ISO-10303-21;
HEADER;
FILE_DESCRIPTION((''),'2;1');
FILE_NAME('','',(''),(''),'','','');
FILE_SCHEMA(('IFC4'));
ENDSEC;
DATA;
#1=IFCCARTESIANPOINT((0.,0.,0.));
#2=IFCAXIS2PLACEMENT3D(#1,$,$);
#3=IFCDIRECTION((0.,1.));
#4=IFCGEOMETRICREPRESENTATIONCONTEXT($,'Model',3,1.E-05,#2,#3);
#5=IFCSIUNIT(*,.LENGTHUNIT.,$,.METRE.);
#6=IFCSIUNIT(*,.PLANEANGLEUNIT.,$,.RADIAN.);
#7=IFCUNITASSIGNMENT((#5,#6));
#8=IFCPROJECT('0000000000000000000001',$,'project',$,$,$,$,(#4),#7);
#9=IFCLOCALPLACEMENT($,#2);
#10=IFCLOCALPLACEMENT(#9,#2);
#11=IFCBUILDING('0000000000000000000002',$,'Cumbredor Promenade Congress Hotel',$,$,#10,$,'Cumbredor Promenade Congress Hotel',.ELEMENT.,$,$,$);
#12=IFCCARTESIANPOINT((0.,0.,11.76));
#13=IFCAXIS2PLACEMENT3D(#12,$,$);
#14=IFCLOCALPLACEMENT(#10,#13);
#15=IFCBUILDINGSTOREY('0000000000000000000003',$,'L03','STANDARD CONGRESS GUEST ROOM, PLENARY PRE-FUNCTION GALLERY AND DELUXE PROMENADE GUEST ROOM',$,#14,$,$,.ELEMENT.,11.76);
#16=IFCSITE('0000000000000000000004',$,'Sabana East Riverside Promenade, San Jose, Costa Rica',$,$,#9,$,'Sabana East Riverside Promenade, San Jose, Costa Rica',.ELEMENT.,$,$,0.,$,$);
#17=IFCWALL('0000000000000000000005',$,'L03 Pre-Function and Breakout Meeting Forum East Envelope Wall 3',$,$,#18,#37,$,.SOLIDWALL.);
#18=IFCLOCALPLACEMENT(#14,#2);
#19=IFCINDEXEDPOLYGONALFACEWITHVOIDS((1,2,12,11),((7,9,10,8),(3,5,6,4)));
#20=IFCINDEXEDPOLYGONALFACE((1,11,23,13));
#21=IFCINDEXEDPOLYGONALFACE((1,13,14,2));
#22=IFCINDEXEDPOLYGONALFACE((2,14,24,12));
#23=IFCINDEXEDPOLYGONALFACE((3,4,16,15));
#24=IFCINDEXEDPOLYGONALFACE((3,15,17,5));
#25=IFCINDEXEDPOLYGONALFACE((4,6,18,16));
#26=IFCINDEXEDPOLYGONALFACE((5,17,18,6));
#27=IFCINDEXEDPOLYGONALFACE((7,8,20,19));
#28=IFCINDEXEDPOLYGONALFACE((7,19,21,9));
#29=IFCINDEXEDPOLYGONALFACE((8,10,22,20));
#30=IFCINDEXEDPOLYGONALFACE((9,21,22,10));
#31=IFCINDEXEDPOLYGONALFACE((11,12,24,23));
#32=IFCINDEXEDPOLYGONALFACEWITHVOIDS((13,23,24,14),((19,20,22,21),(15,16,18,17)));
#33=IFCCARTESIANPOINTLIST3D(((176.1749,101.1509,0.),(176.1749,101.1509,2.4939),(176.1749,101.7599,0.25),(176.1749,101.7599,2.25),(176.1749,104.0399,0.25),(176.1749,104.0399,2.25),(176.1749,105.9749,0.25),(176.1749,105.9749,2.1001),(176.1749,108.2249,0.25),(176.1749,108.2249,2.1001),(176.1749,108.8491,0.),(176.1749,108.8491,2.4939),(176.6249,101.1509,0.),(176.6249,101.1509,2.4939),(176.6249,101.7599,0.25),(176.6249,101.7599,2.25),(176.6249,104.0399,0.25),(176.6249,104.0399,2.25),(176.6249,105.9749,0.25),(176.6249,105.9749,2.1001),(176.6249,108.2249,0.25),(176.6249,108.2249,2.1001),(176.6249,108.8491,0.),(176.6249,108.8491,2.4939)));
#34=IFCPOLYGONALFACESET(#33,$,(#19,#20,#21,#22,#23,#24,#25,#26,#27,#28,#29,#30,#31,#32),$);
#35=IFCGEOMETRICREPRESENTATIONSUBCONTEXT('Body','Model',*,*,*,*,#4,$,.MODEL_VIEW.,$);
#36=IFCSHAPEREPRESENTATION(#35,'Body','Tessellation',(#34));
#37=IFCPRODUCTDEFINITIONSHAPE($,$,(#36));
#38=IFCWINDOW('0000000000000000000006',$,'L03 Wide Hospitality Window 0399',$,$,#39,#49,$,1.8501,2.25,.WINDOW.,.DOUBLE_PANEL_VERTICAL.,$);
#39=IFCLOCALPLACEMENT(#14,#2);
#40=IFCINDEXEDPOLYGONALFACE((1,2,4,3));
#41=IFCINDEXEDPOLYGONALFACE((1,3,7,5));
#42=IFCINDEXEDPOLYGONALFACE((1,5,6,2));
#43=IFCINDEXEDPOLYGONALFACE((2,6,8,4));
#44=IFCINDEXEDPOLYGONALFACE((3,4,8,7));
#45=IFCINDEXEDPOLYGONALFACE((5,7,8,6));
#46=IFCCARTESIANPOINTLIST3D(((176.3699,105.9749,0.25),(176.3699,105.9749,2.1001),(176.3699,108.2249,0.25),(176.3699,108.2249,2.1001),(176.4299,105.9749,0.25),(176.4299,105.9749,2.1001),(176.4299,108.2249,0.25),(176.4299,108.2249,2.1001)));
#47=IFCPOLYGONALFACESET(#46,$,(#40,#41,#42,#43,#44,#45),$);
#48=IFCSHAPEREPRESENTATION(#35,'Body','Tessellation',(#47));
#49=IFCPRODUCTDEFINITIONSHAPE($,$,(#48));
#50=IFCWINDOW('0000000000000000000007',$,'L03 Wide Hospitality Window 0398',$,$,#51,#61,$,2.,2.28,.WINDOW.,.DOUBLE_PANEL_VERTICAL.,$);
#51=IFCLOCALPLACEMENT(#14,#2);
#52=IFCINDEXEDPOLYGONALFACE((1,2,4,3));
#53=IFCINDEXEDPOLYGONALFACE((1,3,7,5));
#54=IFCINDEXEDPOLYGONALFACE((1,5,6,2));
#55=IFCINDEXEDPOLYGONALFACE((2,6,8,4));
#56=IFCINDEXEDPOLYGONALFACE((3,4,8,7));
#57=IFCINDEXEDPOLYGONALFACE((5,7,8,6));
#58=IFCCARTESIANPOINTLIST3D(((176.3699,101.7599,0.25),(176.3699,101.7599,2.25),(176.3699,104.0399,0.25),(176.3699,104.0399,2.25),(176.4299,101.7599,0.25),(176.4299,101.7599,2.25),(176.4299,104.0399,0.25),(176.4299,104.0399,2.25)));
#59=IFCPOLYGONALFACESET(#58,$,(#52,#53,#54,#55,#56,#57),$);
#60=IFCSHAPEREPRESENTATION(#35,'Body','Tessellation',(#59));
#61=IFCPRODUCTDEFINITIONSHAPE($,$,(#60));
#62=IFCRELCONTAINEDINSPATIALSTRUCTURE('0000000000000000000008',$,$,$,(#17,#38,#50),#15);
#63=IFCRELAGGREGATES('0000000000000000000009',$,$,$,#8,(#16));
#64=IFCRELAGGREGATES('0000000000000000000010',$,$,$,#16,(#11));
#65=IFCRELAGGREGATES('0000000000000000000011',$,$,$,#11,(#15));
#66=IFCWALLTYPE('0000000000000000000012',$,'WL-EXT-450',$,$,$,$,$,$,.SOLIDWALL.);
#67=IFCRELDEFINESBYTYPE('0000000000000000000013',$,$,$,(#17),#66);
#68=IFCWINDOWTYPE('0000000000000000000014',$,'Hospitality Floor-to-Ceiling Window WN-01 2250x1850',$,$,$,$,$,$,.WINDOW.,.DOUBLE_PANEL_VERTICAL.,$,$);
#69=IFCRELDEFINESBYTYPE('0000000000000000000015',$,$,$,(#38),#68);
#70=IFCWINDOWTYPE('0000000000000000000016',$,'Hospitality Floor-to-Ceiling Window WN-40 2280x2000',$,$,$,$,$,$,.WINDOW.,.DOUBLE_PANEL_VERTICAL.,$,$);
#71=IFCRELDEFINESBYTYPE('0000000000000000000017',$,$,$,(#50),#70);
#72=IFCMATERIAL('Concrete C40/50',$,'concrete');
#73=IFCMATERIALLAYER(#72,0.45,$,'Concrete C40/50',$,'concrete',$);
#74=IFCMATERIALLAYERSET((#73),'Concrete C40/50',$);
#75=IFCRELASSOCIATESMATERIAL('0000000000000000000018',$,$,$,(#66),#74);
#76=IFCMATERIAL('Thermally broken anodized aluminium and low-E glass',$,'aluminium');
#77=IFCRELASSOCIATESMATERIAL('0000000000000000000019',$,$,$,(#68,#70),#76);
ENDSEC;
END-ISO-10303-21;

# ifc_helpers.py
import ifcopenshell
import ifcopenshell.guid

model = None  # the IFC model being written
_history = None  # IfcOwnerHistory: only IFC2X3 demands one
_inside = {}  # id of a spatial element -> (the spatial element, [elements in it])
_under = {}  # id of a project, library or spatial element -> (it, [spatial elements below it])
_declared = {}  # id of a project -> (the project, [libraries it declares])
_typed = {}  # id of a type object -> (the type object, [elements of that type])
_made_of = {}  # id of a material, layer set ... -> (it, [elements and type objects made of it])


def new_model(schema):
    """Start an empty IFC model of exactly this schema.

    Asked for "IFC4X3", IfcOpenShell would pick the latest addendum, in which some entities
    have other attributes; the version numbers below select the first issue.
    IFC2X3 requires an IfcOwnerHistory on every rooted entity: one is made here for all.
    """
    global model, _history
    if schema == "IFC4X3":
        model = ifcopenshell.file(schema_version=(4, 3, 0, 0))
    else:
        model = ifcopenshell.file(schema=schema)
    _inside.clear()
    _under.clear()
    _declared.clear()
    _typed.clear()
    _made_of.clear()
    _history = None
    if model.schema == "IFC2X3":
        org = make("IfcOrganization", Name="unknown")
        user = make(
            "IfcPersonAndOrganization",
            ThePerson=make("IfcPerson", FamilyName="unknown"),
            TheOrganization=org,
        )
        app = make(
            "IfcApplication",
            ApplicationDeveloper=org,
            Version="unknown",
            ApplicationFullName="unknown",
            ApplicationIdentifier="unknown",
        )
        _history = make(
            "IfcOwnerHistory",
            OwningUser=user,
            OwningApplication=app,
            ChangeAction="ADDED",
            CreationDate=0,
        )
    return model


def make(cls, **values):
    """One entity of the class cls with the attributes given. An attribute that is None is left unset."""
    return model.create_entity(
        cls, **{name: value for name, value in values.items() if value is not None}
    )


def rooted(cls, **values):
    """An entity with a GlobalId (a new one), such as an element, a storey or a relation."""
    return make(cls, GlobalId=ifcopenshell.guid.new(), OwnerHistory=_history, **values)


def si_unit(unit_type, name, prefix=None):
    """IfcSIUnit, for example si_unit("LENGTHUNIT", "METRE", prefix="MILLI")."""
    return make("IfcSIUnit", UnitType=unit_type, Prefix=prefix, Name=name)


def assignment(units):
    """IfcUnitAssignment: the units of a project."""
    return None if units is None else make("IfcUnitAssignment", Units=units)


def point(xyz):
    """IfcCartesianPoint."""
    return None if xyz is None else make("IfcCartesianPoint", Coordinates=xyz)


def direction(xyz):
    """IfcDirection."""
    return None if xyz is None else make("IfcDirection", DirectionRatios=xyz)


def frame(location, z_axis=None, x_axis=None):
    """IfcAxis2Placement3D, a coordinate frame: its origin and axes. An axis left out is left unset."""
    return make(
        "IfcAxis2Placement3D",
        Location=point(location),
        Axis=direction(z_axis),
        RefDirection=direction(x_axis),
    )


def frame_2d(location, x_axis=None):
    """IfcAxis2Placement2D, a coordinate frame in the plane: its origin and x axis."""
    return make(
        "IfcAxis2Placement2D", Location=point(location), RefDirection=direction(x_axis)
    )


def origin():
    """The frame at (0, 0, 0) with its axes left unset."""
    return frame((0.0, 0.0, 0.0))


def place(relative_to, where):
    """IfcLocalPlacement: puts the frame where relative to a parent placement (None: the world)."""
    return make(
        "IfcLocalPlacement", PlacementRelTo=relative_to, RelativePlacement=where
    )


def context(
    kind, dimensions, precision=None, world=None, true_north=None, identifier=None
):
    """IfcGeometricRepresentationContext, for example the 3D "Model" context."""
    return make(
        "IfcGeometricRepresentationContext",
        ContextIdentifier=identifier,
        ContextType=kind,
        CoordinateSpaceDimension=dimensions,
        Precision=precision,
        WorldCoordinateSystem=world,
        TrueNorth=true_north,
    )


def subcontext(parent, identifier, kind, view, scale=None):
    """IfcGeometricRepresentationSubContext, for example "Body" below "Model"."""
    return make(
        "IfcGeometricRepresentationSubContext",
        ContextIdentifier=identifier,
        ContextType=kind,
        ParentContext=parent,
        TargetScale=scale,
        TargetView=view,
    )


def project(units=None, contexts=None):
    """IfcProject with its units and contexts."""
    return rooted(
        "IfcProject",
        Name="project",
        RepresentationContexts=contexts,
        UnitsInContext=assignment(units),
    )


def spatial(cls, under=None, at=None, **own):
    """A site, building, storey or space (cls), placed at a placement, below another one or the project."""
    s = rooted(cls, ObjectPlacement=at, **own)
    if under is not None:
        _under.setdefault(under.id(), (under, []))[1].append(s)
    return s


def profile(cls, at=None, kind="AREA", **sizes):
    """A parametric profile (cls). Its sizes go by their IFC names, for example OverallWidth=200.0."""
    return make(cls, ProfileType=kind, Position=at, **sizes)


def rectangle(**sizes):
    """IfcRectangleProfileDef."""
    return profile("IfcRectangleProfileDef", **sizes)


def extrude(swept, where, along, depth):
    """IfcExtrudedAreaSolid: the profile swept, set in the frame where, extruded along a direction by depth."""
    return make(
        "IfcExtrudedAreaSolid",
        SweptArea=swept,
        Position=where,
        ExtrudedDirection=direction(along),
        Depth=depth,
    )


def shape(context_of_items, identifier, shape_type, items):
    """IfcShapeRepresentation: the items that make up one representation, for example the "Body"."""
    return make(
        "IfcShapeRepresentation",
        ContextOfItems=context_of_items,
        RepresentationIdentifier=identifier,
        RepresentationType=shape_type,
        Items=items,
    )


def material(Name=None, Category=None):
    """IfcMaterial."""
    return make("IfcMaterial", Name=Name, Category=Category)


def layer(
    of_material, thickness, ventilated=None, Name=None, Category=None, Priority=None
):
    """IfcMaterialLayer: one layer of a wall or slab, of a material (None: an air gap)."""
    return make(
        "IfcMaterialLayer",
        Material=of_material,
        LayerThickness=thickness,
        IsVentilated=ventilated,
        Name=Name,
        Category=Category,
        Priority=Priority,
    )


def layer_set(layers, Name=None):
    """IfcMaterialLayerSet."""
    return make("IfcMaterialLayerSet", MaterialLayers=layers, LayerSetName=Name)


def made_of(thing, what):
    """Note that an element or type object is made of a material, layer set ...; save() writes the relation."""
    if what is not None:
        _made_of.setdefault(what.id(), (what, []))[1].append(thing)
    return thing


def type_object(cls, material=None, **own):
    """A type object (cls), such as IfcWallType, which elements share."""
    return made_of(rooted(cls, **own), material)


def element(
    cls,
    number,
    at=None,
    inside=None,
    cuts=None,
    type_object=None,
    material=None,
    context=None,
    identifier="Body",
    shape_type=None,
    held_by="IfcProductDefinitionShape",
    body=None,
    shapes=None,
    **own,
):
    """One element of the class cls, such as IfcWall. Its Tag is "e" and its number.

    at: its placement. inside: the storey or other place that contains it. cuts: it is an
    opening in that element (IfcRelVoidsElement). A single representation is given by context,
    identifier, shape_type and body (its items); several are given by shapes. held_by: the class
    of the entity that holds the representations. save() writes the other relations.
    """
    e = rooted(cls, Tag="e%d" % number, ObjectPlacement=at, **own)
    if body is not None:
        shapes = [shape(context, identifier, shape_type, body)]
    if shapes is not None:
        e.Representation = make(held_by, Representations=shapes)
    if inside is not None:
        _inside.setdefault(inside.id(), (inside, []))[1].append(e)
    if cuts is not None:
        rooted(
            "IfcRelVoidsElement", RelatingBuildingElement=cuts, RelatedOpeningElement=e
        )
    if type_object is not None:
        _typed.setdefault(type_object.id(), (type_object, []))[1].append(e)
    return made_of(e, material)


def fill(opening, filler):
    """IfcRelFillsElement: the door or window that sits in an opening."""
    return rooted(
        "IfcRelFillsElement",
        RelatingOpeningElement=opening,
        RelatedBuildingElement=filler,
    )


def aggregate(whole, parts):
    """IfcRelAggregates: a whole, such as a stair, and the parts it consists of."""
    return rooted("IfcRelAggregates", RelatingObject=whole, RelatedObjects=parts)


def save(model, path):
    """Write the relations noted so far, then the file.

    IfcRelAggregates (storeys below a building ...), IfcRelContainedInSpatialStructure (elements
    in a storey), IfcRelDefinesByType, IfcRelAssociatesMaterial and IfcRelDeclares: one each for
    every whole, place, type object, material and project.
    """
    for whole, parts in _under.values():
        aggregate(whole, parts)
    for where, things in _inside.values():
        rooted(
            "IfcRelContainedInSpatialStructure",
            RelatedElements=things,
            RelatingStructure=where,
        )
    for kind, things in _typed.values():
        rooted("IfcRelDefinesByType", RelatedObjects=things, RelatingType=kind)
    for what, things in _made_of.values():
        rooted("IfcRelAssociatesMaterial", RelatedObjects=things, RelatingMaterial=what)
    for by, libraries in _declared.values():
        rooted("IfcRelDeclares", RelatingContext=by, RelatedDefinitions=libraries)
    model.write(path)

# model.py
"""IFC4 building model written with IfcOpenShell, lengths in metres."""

from ifc_helpers import new_model, si_unit, direction, frame, frame_2d, origin, place, context, subcontext, project, spatial, rectangle, extrude, material, layer, layer_set, type_object, element, fill, save


model = new_model("IFC4")

# Units and contexts
model_context = context("Model", 3, precision=1e-05, world=origin(), true_north=direction((0.0, 1.0)))
body_context = subcontext(model_context, "Body", "Model", "MODEL_VIEW")
ifc_project = project(units=[si_unit("LENGTHUNIT", "METRE"), si_unit("PLANEANGLEUNIT", "RADIAN")], contexts=[model_context])

# Site, building, storey
site_placement = place(None, origin())
site = spatial("IfcSite", under=ifc_project, at=site_placement, Name="Sabana East Riverside Promenade, San Jose, Costa Rica", LongName="Sabana East Riverside Promenade, San Jose, Costa Rica", CompositionType="ELEMENT", RefElevation=0.0)
building_placement = place(site_placement, origin())
building = spatial("IfcBuilding", under=site, at=building_placement, Name="Cumbredor Promenade Congress Hotel", LongName="Cumbredor Promenade Congress Hotel", CompositionType="ELEMENT")
storey_placement = place(building_placement, frame((0.0, 0.0, 11.76)))
storey = spatial("IfcBuildingStorey", under=building, at=storey_placement, Name="L03", Description="STANDARD CONGRESS GUEST ROOM, PLENARY PRE-FUNCTION GALLERY AND DELUXE PROMENADE GUEST ROOM", CompositionType="ELEMENT", Elevation=11.76)

# Shared definitions
ifc_material_1 = material(Name="Concrete C40/50", Category="concrete")

# Shared definitions
ifc_material_2 = material(Name="Thermally broken anodized aluminium and low-E glass", Category="aluminium")

# Wall, openings, windows
ifc_layer_1 = layer(ifc_material_1, 0.45, Name="Concrete C40/50", Category="concrete")
ifc_layer_set_1 = layer_set([ifc_layer_1], Name="Concrete C40/50")
wall_type_1 = type_object("IfcWallType", Name="WL-EXT-450", PredefinedType="SOLIDWALL", material=ifc_layer_set_1)
wall_1_placement = place(storey_placement, frame((176.3999, 101.1509, 0.0), z_axis=(0.0, 0.0, 1.0), x_axis=(0.0, 1.0, 0.0)))
wall_1 = element("IfcWall", 1, at=wall_1_placement, inside=storey, type_object=wall_type_1, Name="L03 Pre-Function and Breakout Meeting Forum East Envelope Wall 3", PredefinedType="SOLIDWALL", context=body_context, shape_type="SweptSolid", body=[
    extrude(rectangle(XDim=7.6982, YDim=0.45, at=frame_2d((3.8491, 0.0))), origin(), (0.0, 0.0, 1.0), 2.4939),
])
opening_1_placement = place(wall_1_placement, frame((0.6089, 0.0, 0.25)))
opening_1 = element("IfcOpeningElement", 2, at=opening_1_placement, cuts=wall_1, PredefinedType="OPENING", context=body_context, shape_type="SweptSolid", body=[
    extrude(rectangle(XDim=2.28, YDim=2.0, at=frame_2d((1.1401, 1.0))), frame((0.0, 0.2349, 0.0), z_axis=(0.0, -1.0, 0.0), x_axis=(1.0, 0.0, 0.0)), (0.0, 0.0, 1.0), 0.47),
])
opening_2_placement = place(wall_1_placement, frame((4.824, 0.0, 0.25)))
opening_2 = element("IfcOpeningElement", 3, at=opening_2_placement, cuts=wall_1, PredefinedType="OPENING", context=body_context, shape_type="SweptSolid", body=[
    extrude(rectangle(XDim=2.25, YDim=1.8501, at=frame_2d((1.125, 0.925))), frame((0.0, 0.2349, 0.0), z_axis=(0.0, -1.0, 0.0), x_axis=(1.0, 0.0, 0.0)), (0.0, 0.0, 1.0), 0.47),
])
window_type_1 = type_object("IfcWindowType", Name="Hospitality Floor-to-Ceiling Window WN-01 2250x1850", PartitioningType="DOUBLE_PANEL_VERTICAL", PredefinedType="WINDOW", material=ifc_material_2)
window_1_placement = place(opening_2_placement, origin())
window_1 = element("IfcWindow", 4, at=window_1_placement, inside=storey, type_object=window_type_1, Name="L03 Wide Hospitality Window 0399", OverallHeight=1.8501, OverallWidth=2.25, PartitioningType="DOUBLE_PANEL_VERTICAL", PredefinedType="WINDOW", context=body_context, shape_type="SweptSolid", body=[
    extrude(rectangle(XDim=2.25, YDim=1.8501, at=frame_2d((1.125, 0.925))), frame((0.0, 0.03, 0.0), z_axis=(0.0, -1.0, 0.0), x_axis=(1.0, 0.0, 0.0)), (0.0, 0.0, 1.0), 0.0601),
])
fill(opening_2, window_1)
window_type_2 = type_object("IfcWindowType", Name="Hospitality Floor-to-Ceiling Window WN-40 2280x2000", PartitioningType="DOUBLE_PANEL_VERTICAL", PredefinedType="WINDOW", material=ifc_material_2)
window_2_placement = place(opening_1_placement, origin())
window_2 = element("IfcWindow", 5, at=window_2_placement, inside=storey, type_object=window_type_2, Name="L03 Wide Hospitality Window 0398", OverallHeight=2.0, OverallWidth=2.28, PartitioningType="DOUBLE_PANEL_VERTICAL", PredefinedType="WINDOW", context=body_context, shape_type="SweptSolid", body=[
    extrude(rectangle(XDim=2.28, YDim=2.0, at=frame_2d((1.1401, 1.0))), frame((0.0, 0.03, 0.0), z_axis=(0.0, -1.0, 0.0), x_axis=(1.0, 0.0, 0.0)), (0.0, 0.0, 1.0), 0.0601),
])
fill(opening_1, window_2)

save(model, "model.ifc")
